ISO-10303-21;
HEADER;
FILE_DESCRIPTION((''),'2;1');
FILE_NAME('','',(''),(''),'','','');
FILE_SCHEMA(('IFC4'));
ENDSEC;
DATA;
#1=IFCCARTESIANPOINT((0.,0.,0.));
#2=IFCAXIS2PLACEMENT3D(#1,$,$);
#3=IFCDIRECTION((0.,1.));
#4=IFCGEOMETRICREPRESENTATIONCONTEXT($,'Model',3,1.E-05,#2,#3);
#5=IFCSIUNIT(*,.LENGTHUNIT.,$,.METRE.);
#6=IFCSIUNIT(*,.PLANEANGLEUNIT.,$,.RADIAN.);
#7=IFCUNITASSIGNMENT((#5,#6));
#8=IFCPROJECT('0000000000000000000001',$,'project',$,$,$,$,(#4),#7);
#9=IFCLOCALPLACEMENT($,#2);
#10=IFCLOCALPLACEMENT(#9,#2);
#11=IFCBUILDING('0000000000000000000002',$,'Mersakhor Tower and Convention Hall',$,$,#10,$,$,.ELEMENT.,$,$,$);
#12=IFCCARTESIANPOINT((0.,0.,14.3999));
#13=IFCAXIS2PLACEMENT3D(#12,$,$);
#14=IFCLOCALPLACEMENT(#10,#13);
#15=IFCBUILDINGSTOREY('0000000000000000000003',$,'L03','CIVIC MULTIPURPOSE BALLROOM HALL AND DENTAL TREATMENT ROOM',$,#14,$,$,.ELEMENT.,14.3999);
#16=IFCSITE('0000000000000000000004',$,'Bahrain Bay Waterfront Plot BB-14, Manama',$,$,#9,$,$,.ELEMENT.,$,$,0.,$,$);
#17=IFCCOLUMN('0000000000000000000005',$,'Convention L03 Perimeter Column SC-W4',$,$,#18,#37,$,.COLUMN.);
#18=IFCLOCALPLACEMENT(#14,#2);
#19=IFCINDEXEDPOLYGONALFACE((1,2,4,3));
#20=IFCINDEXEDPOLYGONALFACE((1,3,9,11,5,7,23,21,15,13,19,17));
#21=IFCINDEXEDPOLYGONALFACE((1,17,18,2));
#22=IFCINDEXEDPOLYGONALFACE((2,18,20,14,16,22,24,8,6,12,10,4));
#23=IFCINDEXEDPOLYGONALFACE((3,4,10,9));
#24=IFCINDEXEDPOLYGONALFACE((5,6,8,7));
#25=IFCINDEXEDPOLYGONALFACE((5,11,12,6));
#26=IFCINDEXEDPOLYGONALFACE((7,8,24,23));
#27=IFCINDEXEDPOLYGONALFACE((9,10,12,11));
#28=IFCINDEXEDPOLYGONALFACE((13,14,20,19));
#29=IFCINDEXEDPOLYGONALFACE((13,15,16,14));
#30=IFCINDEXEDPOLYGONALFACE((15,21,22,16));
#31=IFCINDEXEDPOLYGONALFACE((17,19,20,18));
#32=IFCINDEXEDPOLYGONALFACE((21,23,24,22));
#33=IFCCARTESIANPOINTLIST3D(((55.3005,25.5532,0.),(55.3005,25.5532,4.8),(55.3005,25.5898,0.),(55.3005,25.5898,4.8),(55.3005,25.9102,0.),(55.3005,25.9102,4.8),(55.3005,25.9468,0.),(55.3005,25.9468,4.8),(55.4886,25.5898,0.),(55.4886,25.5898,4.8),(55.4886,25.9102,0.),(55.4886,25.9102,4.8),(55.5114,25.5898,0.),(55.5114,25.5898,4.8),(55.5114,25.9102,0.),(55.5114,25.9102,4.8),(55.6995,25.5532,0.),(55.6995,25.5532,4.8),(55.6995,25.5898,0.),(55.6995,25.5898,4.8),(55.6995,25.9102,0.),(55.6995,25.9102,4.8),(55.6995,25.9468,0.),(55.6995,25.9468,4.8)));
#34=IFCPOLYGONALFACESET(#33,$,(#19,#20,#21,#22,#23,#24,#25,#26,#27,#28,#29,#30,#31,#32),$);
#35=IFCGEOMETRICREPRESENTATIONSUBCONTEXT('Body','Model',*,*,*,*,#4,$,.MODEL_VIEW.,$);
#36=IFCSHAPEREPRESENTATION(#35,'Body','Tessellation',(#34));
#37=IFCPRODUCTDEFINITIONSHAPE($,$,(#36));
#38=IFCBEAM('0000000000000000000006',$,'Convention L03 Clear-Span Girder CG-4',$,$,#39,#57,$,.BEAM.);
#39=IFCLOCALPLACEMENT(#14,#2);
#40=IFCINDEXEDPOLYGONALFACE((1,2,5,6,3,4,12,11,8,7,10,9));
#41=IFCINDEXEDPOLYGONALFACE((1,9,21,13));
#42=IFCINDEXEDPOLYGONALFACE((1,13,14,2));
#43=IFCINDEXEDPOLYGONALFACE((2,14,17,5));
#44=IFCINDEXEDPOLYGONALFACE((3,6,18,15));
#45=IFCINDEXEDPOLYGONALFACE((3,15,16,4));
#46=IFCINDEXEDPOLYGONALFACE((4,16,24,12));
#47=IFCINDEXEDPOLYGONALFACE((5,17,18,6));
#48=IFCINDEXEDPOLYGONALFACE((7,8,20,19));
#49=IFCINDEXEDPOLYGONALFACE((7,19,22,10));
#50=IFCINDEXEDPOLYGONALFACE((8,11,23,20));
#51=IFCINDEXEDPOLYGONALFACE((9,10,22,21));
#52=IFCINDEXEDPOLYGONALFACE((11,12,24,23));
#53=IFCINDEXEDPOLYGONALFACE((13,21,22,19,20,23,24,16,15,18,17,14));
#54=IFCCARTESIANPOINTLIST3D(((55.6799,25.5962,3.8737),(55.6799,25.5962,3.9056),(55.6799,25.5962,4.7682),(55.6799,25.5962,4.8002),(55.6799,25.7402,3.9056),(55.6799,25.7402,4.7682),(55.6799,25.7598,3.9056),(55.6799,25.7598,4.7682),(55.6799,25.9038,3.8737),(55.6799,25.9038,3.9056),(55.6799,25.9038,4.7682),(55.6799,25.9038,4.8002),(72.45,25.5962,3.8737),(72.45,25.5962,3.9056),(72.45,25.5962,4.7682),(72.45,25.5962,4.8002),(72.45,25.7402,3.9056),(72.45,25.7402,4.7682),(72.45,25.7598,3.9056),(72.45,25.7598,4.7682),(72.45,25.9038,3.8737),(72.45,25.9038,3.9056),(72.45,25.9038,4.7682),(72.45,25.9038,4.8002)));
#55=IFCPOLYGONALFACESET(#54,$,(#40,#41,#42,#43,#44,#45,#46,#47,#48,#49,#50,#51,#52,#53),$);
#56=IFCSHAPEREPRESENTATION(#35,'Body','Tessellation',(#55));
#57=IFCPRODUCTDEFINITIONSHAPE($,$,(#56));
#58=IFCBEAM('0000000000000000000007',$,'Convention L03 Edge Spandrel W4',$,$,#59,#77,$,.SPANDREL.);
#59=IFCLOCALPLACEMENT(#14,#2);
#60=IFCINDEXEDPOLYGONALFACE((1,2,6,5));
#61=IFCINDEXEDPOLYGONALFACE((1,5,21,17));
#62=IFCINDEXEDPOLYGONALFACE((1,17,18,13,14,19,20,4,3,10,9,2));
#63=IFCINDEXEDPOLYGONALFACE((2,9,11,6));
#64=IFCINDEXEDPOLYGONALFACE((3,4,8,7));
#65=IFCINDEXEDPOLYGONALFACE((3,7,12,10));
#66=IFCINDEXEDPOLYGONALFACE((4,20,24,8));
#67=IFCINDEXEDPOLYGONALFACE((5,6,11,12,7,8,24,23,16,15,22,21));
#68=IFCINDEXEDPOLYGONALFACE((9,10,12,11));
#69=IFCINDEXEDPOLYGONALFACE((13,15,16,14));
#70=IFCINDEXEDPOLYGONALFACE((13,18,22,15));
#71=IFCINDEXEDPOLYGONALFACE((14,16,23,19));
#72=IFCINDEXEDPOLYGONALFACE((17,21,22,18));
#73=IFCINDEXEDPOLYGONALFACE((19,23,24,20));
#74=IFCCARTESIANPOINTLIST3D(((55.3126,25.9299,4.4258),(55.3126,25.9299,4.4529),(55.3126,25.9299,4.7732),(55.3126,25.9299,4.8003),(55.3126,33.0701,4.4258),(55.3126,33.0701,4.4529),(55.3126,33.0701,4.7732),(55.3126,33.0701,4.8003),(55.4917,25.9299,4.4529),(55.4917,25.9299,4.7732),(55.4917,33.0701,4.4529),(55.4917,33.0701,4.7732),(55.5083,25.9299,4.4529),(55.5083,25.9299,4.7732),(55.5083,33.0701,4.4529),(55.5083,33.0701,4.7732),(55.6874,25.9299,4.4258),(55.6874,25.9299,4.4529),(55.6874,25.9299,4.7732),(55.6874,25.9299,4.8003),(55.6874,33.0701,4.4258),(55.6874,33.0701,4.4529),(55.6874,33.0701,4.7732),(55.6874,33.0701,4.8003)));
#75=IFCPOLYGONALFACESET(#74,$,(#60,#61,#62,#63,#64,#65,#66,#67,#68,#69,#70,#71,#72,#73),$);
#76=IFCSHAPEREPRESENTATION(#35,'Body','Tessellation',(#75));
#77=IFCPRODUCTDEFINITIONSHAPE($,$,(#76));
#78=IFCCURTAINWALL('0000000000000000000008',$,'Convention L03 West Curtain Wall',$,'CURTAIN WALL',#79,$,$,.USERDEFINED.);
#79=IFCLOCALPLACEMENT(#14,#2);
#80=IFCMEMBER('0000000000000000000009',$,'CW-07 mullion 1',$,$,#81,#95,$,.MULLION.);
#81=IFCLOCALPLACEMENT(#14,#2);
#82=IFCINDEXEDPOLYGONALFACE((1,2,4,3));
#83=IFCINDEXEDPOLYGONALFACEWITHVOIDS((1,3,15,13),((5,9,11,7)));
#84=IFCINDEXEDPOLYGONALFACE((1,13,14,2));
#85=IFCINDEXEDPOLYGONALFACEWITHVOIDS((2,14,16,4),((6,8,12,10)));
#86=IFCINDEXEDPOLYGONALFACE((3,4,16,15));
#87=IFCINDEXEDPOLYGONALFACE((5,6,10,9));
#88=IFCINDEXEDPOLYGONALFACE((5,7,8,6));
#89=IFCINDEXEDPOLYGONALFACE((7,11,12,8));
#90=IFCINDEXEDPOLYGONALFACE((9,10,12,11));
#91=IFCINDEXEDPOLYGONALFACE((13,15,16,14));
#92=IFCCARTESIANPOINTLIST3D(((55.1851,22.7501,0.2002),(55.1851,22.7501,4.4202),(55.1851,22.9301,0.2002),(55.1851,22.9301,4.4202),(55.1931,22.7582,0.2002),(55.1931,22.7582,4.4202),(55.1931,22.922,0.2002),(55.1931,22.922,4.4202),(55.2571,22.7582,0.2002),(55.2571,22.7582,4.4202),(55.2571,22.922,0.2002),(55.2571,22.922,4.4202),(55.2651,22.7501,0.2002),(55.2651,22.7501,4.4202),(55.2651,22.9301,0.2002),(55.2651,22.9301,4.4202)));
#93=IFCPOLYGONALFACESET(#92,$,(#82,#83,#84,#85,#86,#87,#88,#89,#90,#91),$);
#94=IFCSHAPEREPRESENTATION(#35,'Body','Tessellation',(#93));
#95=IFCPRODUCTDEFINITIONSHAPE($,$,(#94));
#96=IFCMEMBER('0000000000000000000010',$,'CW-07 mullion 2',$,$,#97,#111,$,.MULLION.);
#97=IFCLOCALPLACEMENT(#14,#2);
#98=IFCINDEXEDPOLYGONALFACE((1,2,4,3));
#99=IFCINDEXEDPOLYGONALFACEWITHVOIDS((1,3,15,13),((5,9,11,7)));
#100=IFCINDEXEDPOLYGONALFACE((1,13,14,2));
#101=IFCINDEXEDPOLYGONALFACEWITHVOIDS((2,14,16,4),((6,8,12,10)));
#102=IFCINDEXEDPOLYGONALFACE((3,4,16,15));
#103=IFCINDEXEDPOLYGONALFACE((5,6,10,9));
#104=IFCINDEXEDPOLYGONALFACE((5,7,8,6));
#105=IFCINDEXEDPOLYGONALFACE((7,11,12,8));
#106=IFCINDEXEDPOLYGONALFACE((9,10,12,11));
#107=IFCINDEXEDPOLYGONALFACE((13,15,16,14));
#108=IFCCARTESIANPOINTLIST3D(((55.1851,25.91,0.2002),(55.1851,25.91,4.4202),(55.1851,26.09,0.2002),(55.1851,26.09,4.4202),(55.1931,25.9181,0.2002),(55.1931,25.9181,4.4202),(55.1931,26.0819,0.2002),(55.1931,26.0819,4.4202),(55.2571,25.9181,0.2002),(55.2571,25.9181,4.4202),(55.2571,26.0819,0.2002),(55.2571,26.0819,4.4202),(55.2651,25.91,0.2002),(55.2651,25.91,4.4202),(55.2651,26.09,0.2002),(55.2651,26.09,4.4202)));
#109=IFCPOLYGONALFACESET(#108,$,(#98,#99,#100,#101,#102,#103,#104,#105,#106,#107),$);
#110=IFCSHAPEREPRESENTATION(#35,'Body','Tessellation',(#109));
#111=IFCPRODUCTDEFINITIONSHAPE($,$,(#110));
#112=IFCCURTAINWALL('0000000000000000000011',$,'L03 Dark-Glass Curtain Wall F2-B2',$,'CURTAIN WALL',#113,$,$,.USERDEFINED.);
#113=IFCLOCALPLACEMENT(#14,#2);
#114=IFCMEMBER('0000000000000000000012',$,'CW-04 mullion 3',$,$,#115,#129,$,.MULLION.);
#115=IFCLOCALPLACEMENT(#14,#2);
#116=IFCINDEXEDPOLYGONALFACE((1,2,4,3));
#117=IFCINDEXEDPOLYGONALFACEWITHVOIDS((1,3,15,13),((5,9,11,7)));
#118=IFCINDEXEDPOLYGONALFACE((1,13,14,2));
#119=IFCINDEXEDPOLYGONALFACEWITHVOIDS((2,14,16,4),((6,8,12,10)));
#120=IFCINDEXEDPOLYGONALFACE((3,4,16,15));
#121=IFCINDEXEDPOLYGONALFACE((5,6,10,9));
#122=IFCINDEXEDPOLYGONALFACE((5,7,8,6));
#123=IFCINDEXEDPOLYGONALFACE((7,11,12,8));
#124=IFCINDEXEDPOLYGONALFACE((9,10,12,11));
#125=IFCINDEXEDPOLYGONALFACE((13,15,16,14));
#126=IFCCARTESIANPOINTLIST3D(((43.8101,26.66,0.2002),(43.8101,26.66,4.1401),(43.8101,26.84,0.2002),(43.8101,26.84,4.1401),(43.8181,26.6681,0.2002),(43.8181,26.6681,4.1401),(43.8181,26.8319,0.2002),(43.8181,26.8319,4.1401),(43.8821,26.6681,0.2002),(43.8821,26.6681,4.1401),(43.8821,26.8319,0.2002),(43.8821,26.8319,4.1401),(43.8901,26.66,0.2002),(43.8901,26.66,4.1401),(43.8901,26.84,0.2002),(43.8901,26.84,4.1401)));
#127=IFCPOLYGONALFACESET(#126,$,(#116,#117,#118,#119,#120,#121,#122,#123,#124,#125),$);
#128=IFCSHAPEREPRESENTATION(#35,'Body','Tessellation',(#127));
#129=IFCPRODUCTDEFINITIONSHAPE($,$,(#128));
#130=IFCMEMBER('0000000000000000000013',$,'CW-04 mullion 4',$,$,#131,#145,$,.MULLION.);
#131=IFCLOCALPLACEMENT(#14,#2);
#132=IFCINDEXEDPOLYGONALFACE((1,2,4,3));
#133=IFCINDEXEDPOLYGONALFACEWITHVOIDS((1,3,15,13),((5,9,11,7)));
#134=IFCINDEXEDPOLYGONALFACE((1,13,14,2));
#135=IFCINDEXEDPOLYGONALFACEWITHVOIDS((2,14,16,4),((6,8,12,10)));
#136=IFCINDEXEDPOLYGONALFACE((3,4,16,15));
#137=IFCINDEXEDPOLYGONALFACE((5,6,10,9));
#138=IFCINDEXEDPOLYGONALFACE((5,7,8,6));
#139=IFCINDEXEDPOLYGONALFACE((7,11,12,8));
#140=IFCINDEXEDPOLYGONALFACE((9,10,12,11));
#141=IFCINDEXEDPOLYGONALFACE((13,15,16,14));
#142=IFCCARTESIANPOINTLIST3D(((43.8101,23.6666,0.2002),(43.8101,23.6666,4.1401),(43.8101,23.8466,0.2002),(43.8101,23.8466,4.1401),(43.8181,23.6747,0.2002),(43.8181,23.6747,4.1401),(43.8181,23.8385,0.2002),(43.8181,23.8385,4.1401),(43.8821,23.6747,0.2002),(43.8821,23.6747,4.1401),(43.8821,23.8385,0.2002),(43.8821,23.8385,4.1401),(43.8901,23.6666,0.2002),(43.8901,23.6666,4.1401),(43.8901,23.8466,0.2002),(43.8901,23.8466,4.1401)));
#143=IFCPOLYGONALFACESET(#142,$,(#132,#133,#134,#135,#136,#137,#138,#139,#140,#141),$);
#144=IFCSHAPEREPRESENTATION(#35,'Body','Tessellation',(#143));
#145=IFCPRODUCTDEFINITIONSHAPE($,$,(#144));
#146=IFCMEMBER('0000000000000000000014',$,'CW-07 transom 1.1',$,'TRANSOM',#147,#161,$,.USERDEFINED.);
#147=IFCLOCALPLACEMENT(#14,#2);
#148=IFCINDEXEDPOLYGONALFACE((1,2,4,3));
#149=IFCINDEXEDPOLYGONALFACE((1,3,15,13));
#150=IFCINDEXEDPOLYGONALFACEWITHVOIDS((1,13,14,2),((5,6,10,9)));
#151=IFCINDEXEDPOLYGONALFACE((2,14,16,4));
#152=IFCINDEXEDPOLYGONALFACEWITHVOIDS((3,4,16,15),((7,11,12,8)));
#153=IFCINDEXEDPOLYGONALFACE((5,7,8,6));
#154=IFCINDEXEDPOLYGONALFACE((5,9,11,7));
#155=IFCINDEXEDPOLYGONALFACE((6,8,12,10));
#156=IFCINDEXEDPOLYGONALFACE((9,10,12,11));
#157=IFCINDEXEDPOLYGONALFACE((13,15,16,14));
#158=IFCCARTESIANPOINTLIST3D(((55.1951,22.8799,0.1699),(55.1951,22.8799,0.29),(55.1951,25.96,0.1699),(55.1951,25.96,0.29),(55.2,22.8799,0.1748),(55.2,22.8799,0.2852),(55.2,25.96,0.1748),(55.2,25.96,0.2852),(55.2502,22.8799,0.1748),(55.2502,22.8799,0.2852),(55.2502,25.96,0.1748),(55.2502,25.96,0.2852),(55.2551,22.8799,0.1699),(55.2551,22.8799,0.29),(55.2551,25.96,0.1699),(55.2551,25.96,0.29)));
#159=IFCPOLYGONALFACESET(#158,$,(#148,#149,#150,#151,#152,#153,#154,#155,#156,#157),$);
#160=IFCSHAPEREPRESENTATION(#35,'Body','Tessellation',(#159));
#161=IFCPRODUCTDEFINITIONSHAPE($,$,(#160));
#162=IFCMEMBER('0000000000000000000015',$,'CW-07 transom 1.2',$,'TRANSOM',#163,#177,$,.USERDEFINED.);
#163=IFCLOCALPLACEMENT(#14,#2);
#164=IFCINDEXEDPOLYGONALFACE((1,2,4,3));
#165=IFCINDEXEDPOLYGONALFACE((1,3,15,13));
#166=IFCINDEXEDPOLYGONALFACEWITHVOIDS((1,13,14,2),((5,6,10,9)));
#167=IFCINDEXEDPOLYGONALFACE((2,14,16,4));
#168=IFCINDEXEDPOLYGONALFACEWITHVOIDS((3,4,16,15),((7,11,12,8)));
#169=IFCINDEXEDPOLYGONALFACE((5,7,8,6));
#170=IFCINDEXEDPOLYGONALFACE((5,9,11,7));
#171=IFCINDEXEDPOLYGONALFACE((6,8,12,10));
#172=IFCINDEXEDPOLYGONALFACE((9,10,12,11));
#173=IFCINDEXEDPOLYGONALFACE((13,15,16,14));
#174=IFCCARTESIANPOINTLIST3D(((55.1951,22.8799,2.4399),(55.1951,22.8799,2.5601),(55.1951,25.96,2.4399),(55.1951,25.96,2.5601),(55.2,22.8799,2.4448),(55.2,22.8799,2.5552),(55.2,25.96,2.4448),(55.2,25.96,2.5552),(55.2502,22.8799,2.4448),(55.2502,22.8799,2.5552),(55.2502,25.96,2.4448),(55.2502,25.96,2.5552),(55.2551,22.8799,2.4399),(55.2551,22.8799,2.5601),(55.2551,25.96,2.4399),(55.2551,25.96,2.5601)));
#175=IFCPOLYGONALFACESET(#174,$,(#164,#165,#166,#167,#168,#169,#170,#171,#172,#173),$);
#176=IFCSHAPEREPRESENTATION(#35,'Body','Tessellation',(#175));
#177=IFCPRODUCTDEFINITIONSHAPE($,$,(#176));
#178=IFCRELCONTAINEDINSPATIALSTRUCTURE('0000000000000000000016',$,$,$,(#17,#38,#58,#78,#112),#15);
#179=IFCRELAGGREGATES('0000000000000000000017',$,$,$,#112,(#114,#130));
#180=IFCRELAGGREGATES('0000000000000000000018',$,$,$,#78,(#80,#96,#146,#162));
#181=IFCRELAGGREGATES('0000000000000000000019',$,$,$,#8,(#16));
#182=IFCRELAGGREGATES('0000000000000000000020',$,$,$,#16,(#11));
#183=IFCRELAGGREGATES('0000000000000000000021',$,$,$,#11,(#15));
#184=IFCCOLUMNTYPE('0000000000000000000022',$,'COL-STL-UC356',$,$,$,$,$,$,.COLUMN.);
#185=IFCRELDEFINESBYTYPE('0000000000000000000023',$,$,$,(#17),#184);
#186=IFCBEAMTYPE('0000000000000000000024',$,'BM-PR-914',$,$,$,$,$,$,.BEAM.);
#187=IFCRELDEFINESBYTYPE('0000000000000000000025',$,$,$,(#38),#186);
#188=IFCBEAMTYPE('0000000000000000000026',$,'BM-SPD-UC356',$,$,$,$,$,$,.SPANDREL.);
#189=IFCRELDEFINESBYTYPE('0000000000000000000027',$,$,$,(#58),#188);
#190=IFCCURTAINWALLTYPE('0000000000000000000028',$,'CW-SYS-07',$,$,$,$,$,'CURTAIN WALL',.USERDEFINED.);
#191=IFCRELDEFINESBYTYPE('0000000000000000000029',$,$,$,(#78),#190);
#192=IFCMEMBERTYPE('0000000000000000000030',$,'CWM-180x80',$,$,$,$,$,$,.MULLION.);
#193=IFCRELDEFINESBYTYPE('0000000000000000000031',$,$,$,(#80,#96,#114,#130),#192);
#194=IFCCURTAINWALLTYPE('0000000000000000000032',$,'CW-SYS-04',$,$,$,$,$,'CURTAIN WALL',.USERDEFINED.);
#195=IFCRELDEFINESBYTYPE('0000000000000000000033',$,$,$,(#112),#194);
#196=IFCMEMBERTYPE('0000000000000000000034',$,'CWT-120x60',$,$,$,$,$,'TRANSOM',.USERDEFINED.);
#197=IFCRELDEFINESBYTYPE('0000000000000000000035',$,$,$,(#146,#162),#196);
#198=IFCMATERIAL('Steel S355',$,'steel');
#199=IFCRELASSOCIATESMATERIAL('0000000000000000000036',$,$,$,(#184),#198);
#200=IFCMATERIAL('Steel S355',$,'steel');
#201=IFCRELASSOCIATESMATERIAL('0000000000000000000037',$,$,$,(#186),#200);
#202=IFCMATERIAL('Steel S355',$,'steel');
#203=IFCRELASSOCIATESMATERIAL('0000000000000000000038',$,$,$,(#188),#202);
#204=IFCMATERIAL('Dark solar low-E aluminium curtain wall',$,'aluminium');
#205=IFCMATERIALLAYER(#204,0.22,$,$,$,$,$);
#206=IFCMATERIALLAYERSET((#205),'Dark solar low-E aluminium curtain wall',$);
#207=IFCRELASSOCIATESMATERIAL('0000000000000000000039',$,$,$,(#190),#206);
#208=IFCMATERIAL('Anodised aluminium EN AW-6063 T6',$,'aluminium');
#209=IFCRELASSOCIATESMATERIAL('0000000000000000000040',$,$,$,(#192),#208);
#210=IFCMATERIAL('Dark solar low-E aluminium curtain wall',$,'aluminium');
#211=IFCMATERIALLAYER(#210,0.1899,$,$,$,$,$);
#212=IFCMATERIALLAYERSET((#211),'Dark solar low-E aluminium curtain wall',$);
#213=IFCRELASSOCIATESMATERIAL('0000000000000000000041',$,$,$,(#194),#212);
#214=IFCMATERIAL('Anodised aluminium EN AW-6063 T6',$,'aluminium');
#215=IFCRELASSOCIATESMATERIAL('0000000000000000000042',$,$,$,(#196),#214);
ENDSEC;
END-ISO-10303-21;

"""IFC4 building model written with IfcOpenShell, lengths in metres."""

from ifc_helpers import new_model, si_unit, direction, frame, origin, origin_2d, place, context, subcontext, project, spatial, hollow_rectangle, i_section, extrude, material, layer, layer_set, material_profile, profile_set, type_object, element, aggregate, save


model = new_model("IFC4")

# Units and contexts
model_context = context("Model", 3, precision=1e-05, world=origin(), true_north=direction((0.0, 1.0)))
body_context = subcontext(model_context, "Body", "Model", "MODEL_VIEW")
ifc_project = project(units=[si_unit("LENGTHUNIT", "METRE"), si_unit("PLANEANGLEUNIT", "RADIAN")], contexts=[model_context])

# Site, building, storey
site_placement = place(None, origin())
site = spatial("IfcSite", under=ifc_project, at=site_placement, Name="Bahrain Bay Waterfront Plot BB-14, Manama", CompositionType="ELEMENT", RefElevation=0.0)
building_placement = place(site_placement, origin())
building = spatial("IfcBuilding", under=site, at=building_placement, Name="Mersakhor Tower and Convention Hall", CompositionType="ELEMENT")
storey_placement = place(building_placement, frame((0.0, 0.0, 14.3999)))
storey = spatial("IfcBuildingStorey", under=building, at=storey_placement, Name="L03", Description="CIVIC MULTIPURPOSE BALLROOM HALL AND DENTAL TREATMENT ROOM", CompositionType="ELEMENT", Elevation=14.3999)

# Column
ifc_material_1 = material(Name="Steel S355", Category="steel")
ifc_material_profile_1 = material_profile(ifc_material_1, i_section(OverallWidth=0.3989, OverallDepth=0.3936, WebThickness=0.0227, FlangeThickness=0.0366, at=origin_2d()), Name="UC 356x406x287")
ifc_profile_set_1 = profile_set([ifc_material_profile_1], Name="Steel S355")
column_type = type_object("IfcColumnType", Name="COL-STL-UC356", PredefinedType="COLUMN", material=ifc_profile_set_1)
column_placement = place(storey_placement, frame((55.5, 25.75, 0.0), z_axis=(0.0, 0.0, 1.0), x_axis=(1.0, 0.0, 0.0)))
element("IfcColumn", 1, at=column_placement, inside=storey, type_object=column_type, Name="Convention L03 Perimeter Column SC-W4", PredefinedType="COLUMN", context=body_context, shape_type="SweptSolid", body=[
    extrude(i_section(OverallWidth=0.3989, OverallDepth=0.3936, WebThickness=0.0227, FlangeThickness=0.0366, at=origin_2d()), origin(), (0.0, 0.0, 1.0), 4.8),
])

# Beams
ifc_material_2 = material(Name="Steel S355", Category="steel")
ifc_material_profile_2 = material_profile(ifc_material_2, i_section(OverallWidth=0.3076, OverallDepth=0.9265, WebThickness=0.0195, FlangeThickness=0.032, at=origin_2d()), Name="UB 914x305x289")
ifc_profile_set_2 = profile_set([ifc_material_profile_2], Name="Steel S355")
beam_type_1 = type_object("IfcBeamType", Name="BM-PR-914", PredefinedType="BEAM", material=ifc_profile_set_2)
beam_1_placement = place(storey_placement, frame((55.6799, 25.75, 4.3369), z_axis=(1.0, 0.0, 0.0), x_axis=(0.0, 1.0, 0.0)))
element("IfcBeam", 2, at=beam_1_placement, inside=storey, type_object=beam_type_1, Name="Convention L03 Clear-Span Girder CG-4", PredefinedType="BEAM", context=body_context, shape_type="SweptSolid", body=[
    extrude(i_section(OverallWidth=0.3076, OverallDepth=0.9265, WebThickness=0.0195, FlangeThickness=0.032, at=origin_2d()), origin(), (0.0, 0.0, 1.0), 16.77),
])
ifc_material_3 = material(Name="Steel S355", Category="steel")
ifc_material_profile_3 = material_profile(ifc_material_3, i_section(OverallWidth=0.3748, OverallDepth=0.3745, WebThickness=0.0166, FlangeThickness=0.0271, at=origin_2d()), Name="UC 356x368x202")
ifc_profile_set_3 = profile_set([ifc_material_profile_3], Name="Steel S355")
beam_type_2 = type_object("IfcBeamType", Name="BM-SPD-UC356", PredefinedType="SPANDREL", material=ifc_profile_set_3)
beam_2_placement = place(storey_placement, frame((55.5, 25.9299, 4.613), z_axis=(0.0, 1.0, 0.0), x_axis=(-1.0, 0.0, 0.0)))
element("IfcBeam", 3, at=beam_2_placement, inside=storey, type_object=beam_type_2, Name="Convention L03 Edge Spandrel W4", PredefinedType="SPANDREL", context=body_context, shape_type="SweptSolid", body=[
    extrude(i_section(OverallWidth=0.3748, OverallDepth=0.3745, WebThickness=0.0166, FlangeThickness=0.0271, at=origin_2d()), origin(), (0.0, 0.0, 1.0), 7.1401),
])

# Curtain walls, members
ifc_material_4 = material(Name="Dark solar low-E aluminium curtain wall", Category="aluminium")
ifc_layer_1 = layer(ifc_material_4, 0.22)
ifc_layer_set_1 = layer_set([ifc_layer_1], Name="Dark solar low-E aluminium curtain wall")
curtain_wall_type_1 = type_object("IfcCurtainWallType", Name="CW-SYS-07", ElementType="CURTAIN WALL", PredefinedType="USERDEFINED", material=ifc_layer_set_1)
curtain_wall_1_placement = place(storey_placement, origin())
curtain_wall_1 = element("IfcCurtainWall", 4, at=curtain_wall_1_placement, inside=storey, type_object=curtain_wall_type_1, Name="Convention L03 West Curtain Wall", ObjectType="CURTAIN WALL", PredefinedType="USERDEFINED")
ifc_material_5 = material(Name="Anodised aluminium EN AW-6063 T6", Category="aluminium")
ifc_material_profile_4 = material_profile(ifc_material_5, hollow_rectangle(XDim=0.0801, YDim=0.1799, WallThickness=0.0081, at=origin_2d()), Name="RHS 180x80x8")
ifc_profile_set_4 = profile_set([ifc_material_profile_4], Name="Anodised aluminium EN AW-6063 T6")
member_type_1 = type_object("IfcMemberType", Name="CWM-180x80", PredefinedType="MULLION", material=ifc_profile_set_4)
member_1_placement = place(storey_placement, frame((55.2251, 22.8401, 0.2002), z_axis=(0.0, 0.0, 1.0), x_axis=(-1.0, 0.0, 0.0)))
member_1 = element("IfcMember", 5, at=member_1_placement, type_object=member_type_1, Name="CW-07 mullion 1", PredefinedType="MULLION", context=body_context, shape_type="SweptSolid", body=[
    extrude(hollow_rectangle(XDim=0.0801, YDim=0.1799, WallThickness=0.0081, at=origin_2d()), origin(), (0.0, 0.0, 1.0), 4.22),
])
member_2_placement = place(storey_placement, frame((55.2251, 26.0, 0.2002), z_axis=(0.0, 0.0, 1.0), x_axis=(-1.0, 0.0, 0.0)))
member_2 = element("IfcMember", 6, at=member_2_placement, type_object=member_type_1, Name="CW-07 mullion 2", PredefinedType="MULLION", context=body_context, shape_type="SweptSolid", body=[
    extrude(hollow_rectangle(XDim=0.0801, YDim=0.1799, WallThickness=0.0081, at=origin_2d()), origin(), (0.0, 0.0, 1.0), 4.22),
])
ifc_material_6 = material(Name="Dark solar low-E aluminium curtain wall", Category="aluminium")
ifc_layer_2 = layer(ifc_material_6, 0.1899)
ifc_layer_set_2 = layer_set([ifc_layer_2], Name="Dark solar low-E aluminium curtain wall")
curtain_wall_type_2 = type_object("IfcCurtainWallType", Name="CW-SYS-04", ElementType="CURTAIN WALL", PredefinedType="USERDEFINED", material=ifc_layer_set_2)
curtain_wall_2_placement = place(storey_placement, origin())
curtain_wall_2 = element("IfcCurtainWall", 7, at=curtain_wall_2_placement, inside=storey, type_object=curtain_wall_type_2, Name="L03 Dark-Glass Curtain Wall F2-B2", ObjectType="CURTAIN WALL", PredefinedType="USERDEFINED")
member_3_placement = place(storey_placement, frame((43.8501, 26.75, 0.2002), z_axis=(0.0, 0.0, 1.0), x_axis=(1.0, 0.0, 0.0)))
member_3 = element("IfcMember", 8, at=member_3_placement, type_object=member_type_1, Name="CW-04 mullion 3", PredefinedType="MULLION", context=body_context, shape_type="SweptSolid", body=[
    extrude(hollow_rectangle(XDim=0.0801, YDim=0.1799, WallThickness=0.0081, at=origin_2d()), origin(), (0.0, 0.0, 1.0), 3.9399),
])
member_4_placement = place(storey_placement, frame((43.8501, 23.7566, 0.2002), z_axis=(0.0, 0.0, 1.0), x_axis=(1.0, 0.0, 0.0)))
member_4 = element("IfcMember", 9, at=member_4_placement, type_object=member_type_1, Name="CW-04 mullion 4", PredefinedType="MULLION", context=body_context, shape_type="SweptSolid", body=[
    extrude(hollow_rectangle(XDim=0.0801, YDim=0.1799, WallThickness=0.0081, at=origin_2d()), origin(), (0.0, 0.0, 1.0), 3.9399),
])

# Members
ifc_material_7 = material(Name="Anodised aluminium EN AW-6063 T6", Category="aluminium")
ifc_material_profile_5 = material_profile(ifc_material_7, hollow_rectangle(XDim=0.0601, YDim=0.1201, WallThickness=0.0049, at=origin_2d()), Name="RHS 120x60x5")
ifc_profile_set_5 = profile_set([ifc_material_profile_5], Name="Anodised aluminium EN AW-6063 T6")
member_type_2 = type_object("IfcMemberType", Name="CWT-120x60", ElementType="TRANSOM", PredefinedType="USERDEFINED", material=ifc_profile_set_5)
member_5_placement = place(storey_placement, frame((55.2251, 22.8799, 0.23), z_axis=(0.0, 1.0, 0.0), x_axis=(-1.0, 0.0, 0.0)))
member_5 = element("IfcMember", 10, at=member_5_placement, type_object=member_type_2, Name="CW-07 transom 1.1", ObjectType="TRANSOM", PredefinedType="USERDEFINED", context=body_context, shape_type="SweptSolid", body=[
    extrude(hollow_rectangle(XDim=0.0601, YDim=0.1201, WallThickness=0.0049, at=origin_2d()), origin(), (0.0, 0.0, 1.0), 3.0801),
])
member_6_placement = place(storey_placement, frame((55.2251, 22.8799, 2.5), z_axis=(0.0, 1.0, 0.0), x_axis=(-1.0, 0.0, 0.0)))
member_6 = element("IfcMember", 11, at=member_6_placement, type_object=member_type_2, Name="CW-07 transom 1.2", ObjectType="TRANSOM", PredefinedType="USERDEFINED", context=body_context, shape_type="SweptSolid", body=[
    extrude(hollow_rectangle(XDim=0.0601, YDim=0.1201, WallThickness=0.0049, at=origin_2d()), origin(), (0.0, 0.0, 1.0), 3.0801),
])

aggregate(curtain_wall_2, [member_3, member_4])
aggregate(curtain_wall_1, [member_1, member_2, member_5, member_6])

save(model, "model.ifc")
